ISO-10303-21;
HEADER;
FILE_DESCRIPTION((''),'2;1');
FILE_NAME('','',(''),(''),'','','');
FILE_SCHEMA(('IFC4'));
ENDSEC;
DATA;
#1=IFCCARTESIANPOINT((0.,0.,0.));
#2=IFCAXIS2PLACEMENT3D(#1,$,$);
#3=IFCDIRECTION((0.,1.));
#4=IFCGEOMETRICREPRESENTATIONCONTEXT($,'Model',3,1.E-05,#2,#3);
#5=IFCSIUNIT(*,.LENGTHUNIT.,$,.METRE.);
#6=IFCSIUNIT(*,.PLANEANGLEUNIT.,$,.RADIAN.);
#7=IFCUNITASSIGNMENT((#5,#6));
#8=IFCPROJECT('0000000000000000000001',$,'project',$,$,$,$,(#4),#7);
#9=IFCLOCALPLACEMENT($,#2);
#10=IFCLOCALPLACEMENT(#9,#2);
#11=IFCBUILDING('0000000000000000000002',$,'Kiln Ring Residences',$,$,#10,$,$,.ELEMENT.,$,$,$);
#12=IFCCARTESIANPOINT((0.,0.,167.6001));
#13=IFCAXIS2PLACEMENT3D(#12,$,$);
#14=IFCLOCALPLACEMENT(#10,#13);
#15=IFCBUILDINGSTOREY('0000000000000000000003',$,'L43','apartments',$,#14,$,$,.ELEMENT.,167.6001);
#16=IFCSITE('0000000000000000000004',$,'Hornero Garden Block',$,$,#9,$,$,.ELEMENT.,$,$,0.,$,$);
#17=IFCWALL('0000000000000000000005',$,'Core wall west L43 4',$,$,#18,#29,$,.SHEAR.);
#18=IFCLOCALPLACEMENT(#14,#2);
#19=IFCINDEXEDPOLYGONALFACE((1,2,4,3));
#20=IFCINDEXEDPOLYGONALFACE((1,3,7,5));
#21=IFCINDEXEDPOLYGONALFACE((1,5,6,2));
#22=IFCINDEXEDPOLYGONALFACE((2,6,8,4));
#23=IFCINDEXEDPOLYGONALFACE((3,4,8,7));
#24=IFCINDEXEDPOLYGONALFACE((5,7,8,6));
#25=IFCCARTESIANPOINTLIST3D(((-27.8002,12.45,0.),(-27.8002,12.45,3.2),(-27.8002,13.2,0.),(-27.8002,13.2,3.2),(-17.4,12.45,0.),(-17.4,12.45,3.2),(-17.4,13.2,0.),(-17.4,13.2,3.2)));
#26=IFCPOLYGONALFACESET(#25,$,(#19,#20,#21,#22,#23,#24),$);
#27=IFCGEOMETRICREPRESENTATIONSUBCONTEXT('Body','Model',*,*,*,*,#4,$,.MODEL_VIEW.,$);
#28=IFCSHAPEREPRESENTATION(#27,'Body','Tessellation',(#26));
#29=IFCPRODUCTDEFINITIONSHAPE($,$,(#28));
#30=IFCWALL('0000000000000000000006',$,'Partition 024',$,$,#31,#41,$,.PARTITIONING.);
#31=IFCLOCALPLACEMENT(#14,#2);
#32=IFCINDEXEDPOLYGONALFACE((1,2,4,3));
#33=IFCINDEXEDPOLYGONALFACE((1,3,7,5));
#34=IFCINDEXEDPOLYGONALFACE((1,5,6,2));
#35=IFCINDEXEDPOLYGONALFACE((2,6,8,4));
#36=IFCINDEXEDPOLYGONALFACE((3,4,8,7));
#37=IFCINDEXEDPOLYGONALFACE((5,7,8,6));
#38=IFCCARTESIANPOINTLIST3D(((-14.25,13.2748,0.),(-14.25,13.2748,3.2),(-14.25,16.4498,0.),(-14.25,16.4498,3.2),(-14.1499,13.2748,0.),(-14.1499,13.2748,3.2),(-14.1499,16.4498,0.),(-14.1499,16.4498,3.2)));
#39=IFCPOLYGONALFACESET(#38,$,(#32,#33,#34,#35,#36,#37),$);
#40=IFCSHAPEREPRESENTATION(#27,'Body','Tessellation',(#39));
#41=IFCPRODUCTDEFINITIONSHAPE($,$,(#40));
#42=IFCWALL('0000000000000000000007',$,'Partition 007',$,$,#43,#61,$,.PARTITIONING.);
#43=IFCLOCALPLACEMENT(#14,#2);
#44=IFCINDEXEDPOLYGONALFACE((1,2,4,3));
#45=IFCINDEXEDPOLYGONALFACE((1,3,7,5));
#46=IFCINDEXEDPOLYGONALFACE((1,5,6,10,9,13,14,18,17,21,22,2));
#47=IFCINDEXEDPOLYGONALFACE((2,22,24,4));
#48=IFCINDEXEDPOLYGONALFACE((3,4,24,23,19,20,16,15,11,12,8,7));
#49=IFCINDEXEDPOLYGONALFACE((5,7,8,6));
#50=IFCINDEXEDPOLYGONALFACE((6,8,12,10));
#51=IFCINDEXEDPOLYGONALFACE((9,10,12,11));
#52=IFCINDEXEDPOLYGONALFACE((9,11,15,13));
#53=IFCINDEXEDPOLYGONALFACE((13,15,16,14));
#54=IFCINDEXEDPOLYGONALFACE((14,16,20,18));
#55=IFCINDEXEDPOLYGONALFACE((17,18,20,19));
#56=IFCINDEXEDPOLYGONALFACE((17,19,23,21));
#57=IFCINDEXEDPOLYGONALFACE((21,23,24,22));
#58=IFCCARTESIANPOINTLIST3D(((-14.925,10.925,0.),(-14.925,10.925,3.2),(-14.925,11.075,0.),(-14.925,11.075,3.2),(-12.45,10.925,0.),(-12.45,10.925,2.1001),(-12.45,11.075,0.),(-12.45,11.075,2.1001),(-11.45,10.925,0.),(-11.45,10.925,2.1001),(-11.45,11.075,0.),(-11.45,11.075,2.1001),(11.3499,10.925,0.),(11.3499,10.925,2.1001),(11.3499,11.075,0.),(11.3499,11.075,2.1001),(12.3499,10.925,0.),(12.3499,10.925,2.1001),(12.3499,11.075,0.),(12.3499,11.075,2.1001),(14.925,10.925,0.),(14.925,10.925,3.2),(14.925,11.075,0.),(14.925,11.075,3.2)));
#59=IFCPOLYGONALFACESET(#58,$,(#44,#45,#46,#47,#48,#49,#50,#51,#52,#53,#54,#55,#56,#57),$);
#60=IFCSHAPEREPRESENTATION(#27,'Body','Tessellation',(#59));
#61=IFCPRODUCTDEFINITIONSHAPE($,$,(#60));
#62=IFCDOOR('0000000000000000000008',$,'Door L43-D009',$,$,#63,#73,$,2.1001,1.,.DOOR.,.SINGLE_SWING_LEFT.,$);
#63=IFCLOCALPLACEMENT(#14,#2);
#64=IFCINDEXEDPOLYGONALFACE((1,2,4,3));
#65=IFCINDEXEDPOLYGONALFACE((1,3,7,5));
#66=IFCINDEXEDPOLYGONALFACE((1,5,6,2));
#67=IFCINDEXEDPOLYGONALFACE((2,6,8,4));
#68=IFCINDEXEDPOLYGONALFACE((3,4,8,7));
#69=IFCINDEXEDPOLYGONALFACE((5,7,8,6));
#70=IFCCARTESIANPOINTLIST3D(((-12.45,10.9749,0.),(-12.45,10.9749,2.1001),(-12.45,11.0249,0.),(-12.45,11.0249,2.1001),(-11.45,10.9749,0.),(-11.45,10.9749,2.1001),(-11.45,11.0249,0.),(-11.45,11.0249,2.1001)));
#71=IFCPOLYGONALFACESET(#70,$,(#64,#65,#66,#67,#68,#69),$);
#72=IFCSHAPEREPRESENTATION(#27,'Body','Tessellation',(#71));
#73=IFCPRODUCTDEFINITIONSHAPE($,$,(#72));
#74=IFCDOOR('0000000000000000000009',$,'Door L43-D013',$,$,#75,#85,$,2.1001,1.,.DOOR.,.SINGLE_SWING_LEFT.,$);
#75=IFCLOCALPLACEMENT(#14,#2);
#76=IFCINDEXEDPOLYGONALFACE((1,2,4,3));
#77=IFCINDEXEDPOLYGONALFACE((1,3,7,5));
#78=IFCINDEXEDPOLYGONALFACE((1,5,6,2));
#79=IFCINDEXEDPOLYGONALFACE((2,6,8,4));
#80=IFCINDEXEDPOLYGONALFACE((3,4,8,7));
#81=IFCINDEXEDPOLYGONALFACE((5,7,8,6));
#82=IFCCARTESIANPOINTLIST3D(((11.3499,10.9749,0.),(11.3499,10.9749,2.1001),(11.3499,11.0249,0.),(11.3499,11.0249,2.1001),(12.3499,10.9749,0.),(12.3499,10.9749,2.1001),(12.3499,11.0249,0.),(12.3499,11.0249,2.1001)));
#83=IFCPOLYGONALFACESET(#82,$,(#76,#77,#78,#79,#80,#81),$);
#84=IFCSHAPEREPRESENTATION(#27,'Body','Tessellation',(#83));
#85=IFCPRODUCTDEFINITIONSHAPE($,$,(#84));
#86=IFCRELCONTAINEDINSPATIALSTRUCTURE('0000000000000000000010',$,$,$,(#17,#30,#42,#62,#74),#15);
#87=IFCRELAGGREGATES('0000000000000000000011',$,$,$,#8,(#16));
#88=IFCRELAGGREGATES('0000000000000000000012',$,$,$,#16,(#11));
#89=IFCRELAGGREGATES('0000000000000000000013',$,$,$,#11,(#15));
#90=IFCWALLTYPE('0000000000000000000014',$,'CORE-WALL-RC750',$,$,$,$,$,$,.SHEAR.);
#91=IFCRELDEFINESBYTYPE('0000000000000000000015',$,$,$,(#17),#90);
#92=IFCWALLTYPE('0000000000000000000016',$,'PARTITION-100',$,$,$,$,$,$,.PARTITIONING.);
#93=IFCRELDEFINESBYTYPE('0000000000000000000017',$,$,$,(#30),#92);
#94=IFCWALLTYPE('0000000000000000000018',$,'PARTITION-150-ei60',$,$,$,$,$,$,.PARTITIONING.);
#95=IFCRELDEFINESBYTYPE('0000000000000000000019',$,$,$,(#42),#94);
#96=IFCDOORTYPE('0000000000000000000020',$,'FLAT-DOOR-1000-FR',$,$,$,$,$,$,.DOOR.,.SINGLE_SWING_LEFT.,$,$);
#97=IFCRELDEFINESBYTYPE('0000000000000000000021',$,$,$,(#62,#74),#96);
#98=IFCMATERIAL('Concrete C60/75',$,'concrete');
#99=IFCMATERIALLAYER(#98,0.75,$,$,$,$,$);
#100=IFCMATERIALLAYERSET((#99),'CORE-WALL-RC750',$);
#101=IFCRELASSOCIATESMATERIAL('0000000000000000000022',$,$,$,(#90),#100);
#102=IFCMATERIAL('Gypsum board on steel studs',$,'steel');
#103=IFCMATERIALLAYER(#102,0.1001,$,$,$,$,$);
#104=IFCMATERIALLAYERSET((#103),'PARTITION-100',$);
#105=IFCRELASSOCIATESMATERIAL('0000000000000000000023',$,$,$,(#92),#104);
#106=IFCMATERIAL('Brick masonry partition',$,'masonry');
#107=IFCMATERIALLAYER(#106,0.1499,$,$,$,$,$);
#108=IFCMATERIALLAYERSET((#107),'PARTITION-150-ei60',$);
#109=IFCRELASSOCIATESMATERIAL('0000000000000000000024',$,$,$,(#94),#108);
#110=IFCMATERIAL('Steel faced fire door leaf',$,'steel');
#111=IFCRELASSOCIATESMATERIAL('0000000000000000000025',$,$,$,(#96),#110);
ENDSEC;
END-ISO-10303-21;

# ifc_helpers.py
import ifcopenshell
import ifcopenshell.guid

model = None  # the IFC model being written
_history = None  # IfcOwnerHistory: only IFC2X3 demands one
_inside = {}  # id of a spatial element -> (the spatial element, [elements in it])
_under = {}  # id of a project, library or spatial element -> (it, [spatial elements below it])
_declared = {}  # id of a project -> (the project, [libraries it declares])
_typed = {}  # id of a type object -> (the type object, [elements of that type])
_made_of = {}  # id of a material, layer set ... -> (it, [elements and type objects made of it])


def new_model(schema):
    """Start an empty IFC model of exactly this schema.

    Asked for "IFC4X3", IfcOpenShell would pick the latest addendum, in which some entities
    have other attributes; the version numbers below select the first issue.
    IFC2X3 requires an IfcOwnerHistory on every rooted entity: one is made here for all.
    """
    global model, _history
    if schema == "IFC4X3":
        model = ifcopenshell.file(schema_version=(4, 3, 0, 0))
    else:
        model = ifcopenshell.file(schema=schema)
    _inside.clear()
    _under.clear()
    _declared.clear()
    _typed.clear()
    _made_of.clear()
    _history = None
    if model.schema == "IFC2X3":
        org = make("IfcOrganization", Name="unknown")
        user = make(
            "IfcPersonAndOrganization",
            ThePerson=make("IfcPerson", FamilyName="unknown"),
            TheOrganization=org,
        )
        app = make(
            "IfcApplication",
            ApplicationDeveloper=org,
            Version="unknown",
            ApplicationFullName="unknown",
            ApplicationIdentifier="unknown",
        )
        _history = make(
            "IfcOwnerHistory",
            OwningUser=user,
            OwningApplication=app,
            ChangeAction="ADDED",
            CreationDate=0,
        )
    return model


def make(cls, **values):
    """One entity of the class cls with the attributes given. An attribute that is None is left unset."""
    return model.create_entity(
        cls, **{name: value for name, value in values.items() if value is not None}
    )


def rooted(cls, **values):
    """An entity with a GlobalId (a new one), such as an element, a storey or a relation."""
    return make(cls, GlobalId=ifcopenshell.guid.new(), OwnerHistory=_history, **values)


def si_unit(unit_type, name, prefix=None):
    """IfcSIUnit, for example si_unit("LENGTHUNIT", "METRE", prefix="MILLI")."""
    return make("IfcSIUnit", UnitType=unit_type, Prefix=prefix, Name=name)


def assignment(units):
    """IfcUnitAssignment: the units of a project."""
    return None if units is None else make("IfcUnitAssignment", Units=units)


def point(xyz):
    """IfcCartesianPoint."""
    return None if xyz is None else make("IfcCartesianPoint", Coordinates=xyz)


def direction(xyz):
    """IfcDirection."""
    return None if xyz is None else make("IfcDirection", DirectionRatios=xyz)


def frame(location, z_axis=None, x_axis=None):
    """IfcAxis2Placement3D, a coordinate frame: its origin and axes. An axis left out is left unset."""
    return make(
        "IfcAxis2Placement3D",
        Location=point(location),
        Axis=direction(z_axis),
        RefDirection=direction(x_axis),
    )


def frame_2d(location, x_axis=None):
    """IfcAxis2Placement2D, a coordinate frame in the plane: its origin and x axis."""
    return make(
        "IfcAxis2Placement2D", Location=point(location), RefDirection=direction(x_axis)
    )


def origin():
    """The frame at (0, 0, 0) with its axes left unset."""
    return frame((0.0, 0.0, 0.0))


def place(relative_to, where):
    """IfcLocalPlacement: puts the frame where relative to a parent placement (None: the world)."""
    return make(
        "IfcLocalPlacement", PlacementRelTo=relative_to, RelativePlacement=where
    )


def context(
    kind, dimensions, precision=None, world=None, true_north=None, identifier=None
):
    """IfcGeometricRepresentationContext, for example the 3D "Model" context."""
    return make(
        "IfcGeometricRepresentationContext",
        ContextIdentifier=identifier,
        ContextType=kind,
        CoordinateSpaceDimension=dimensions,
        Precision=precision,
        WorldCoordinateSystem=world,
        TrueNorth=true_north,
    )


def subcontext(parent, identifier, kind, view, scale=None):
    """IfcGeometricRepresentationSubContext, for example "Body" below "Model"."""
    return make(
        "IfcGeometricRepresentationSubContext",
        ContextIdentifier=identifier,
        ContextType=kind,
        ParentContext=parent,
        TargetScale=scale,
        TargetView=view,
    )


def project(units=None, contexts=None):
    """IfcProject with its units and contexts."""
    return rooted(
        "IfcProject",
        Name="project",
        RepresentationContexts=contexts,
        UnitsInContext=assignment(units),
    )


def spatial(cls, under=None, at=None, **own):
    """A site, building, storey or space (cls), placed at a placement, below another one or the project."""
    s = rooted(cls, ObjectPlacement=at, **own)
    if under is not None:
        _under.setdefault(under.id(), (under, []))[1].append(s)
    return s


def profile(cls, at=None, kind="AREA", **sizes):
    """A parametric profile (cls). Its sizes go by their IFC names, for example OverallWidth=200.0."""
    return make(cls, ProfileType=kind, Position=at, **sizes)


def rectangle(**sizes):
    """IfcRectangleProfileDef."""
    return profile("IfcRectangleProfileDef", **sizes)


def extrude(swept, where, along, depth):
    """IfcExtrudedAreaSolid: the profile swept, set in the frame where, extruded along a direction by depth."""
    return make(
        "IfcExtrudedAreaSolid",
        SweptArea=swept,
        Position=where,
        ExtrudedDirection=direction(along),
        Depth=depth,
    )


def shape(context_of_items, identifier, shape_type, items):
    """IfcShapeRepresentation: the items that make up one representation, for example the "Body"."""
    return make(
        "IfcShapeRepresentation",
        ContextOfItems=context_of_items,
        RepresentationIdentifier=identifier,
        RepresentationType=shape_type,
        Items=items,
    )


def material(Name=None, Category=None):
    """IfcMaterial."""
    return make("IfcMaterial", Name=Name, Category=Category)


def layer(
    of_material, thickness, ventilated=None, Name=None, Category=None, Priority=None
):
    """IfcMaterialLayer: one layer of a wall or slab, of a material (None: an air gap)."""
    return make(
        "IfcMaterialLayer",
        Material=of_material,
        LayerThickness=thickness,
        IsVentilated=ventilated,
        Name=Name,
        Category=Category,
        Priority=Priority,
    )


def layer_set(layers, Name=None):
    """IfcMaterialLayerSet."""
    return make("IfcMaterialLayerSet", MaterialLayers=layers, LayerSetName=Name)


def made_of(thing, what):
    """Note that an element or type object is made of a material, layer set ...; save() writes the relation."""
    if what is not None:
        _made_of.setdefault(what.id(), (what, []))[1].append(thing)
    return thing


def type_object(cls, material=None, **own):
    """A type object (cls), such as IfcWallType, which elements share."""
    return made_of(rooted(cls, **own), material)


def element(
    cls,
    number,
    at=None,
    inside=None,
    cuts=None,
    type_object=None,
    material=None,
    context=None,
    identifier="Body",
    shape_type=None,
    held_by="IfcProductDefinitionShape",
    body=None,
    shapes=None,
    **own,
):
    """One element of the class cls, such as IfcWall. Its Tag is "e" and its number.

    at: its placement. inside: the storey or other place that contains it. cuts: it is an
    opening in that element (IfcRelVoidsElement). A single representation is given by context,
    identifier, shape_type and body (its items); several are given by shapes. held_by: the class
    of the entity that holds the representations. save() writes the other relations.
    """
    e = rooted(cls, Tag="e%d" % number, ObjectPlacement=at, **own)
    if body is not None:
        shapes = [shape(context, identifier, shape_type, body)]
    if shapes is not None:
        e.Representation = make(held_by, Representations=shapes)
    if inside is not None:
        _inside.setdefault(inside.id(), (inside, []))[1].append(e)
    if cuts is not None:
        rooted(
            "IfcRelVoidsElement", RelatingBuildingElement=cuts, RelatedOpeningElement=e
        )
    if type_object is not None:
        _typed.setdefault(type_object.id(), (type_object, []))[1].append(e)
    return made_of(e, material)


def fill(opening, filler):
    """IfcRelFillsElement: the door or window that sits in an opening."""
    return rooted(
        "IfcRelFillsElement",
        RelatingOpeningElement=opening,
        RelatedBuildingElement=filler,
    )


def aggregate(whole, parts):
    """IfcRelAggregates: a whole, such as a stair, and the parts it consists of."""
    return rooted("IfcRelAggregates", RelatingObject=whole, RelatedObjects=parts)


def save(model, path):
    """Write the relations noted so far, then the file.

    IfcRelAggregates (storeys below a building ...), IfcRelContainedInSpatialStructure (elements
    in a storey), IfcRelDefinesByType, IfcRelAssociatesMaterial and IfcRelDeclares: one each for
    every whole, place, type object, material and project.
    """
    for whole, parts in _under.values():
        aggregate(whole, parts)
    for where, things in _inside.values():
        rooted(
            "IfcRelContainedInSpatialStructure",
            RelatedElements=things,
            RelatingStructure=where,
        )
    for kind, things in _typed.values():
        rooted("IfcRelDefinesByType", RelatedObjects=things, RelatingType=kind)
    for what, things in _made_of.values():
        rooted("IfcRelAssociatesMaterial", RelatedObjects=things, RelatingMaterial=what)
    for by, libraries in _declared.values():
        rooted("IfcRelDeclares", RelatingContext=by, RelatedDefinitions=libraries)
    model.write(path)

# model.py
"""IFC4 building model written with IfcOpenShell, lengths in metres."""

from ifc_helpers import new_model, si_unit, direction, frame, frame_2d, origin, place, context, subcontext, project, spatial, rectangle, extrude, material, layer, layer_set, type_object, element, fill, save


model = new_model("IFC4")

# Units and contexts
model_context = context("Model", 3, precision=1e-05, world=origin(), true_north=direction((0.0, 1.0)))
body_context = subcontext(model_context, "Body", "Model", "MODEL_VIEW")
ifc_project = project(units=[si_unit("LENGTHUNIT", "METRE"), si_unit("PLANEANGLEUNIT", "RADIAN")], contexts=[model_context])

# Site, building, storey
site_placement = place(None, origin())
site = spatial("IfcSite", under=ifc_project, at=site_placement, Name="Hornero Garden Block", CompositionType="ELEMENT", RefElevation=0.0)
building_placement = place(site_placement, origin())
building = spatial("IfcBuilding", under=site, at=building_placement, Name="Kiln Ring Residences", CompositionType="ELEMENT")
storey_placement = place(building_placement, frame((0.0, 0.0, 167.6001)))
storey = spatial("IfcBuildingStorey", under=building, at=storey_placement, Name="L43", Description="apartments", CompositionType="ELEMENT", Elevation=167.6001)

# Walls
ifc_material_1 = material(Name="Concrete C60/75", Category="concrete")
ifc_layer_1 = layer(ifc_material_1, 0.75)
ifc_layer_set_1 = layer_set([ifc_layer_1], Name="CORE-WALL-RC750")
wall_type_1 = type_object("IfcWallType", Name="CORE-WALL-RC750", PredefinedType="SHEAR", material=ifc_layer_set_1)
wall_1_placement = place(storey_placement, frame((-17.3999, 12.825, 0.0), z_axis=(0.0, 0.0, 1.0), x_axis=(-1.0, 0.0, 0.0)))
element("IfcWall", 1, at=wall_1_placement, inside=storey, type_object=wall_type_1, Name="Core wall west L43 4", PredefinedType="SHEAR", context=body_context, shape_type="SweptSolid", body=[
    extrude(rectangle(XDim=10.4001, YDim=0.75, at=frame_2d((5.2002, 0.0))), origin(), (0.0, 0.0, 1.0), 3.2),
])
ifc_material_2 = material(Name="Gypsum board on steel studs", Category="steel")
ifc_layer_2 = layer(ifc_material_2, 0.1001)
ifc_layer_set_2 = layer_set([ifc_layer_2], Name="PARTITION-100")
wall_type_2 = type_object("IfcWallType", Name="PARTITION-100", PredefinedType="PARTITIONING", material=ifc_layer_set_2)
wall_2_placement = place(storey_placement, frame((-14.2, 13.2749, 0.0), z_axis=(0.0, 0.0, 1.0), x_axis=(0.0, 1.0, 0.0)))
element("IfcWall", 2, at=wall_2_placement, inside=storey, type_object=wall_type_2, Name="Partition 024", PredefinedType="PARTITIONING", context=body_context, shape_type="SweptSolid", body=[
    extrude(rectangle(XDim=3.175, YDim=0.1001, at=frame_2d((1.5874, 0.0))), origin(), (0.0, 0.0, 1.0), 3.2),
])

# Wall, openings, doors
ifc_material_3 = material(Name="Brick masonry partition", Category="masonry")
ifc_layer_3 = layer(ifc_material_3, 0.1499)
ifc_layer_set_3 = layer_set([ifc_layer_3], Name="PARTITION-150-ei60")
wall_type_3 = type_object("IfcWallType", Name="PARTITION-150-ei60", PredefinedType="PARTITIONING", material=ifc_layer_set_3)
wall_3_placement = place(storey_placement, frame((-14.925, 11.0, 0.0), z_axis=(0.0, 0.0, 1.0), x_axis=(1.0, 0.0, 0.0)))
wall_3 = element("IfcWall", 3, at=wall_3_placement, inside=storey, type_object=wall_type_3, Name="Partition 007", PredefinedType="PARTITIONING", context=body_context, shape_type="SweptSolid", body=[
    extrude(rectangle(XDim=29.8501, YDim=0.1499, at=frame_2d((14.925, 0.0))), origin(), (0.0, 0.0, 1.0), 3.2),
])
opening_1_placement = place(wall_3_placement, frame((2.4751, 0.0, 0.0)))
opening_1 = element("IfcOpeningElement", 4, at=opening_1_placement, cuts=wall_3, PredefinedType="OPENING", context=body_context, shape_type="SweptSolid", body=[
    extrude(rectangle(XDim=1.0, YDim=2.1001, at=frame_2d((0.5, 1.05))), frame((0.0, 0.085, 0.0), z_axis=(0.0, -1.0, 0.0), x_axis=(1.0, 0.0, 0.0)), (0.0, 0.0, 1.0), 0.1699),
])
opening_2_placement = place(wall_3_placement, frame((26.2749, 0.0, 0.0)))
opening_2 = element("IfcOpeningElement", 5, at=opening_2_placement, cuts=wall_3, PredefinedType="OPENING", context=body_context, shape_type="SweptSolid", body=[
    extrude(rectangle(XDim=1.0, YDim=2.1001, at=frame_2d((0.5, 1.05))), frame((0.0, 0.085, 0.0), z_axis=(0.0, -1.0, 0.0), x_axis=(1.0, 0.0, 0.0)), (0.0, 0.0, 1.0), 0.1699),
])
ifc_material_4 = material(Name="Steel faced fire door leaf", Category="steel")
door_type = type_object("IfcDoorType", Name="FLAT-DOOR-1000-FR", OperationType="SINGLE_SWING_LEFT", PredefinedType="DOOR", material=ifc_material_4)
door_1_placement = place(opening_1_placement, origin())
door_1 = element("IfcDoor", 6, at=door_1_placement, inside=storey, type_object=door_type, Name="Door L43-D009", OperationType="SINGLE_SWING_LEFT", OverallHeight=2.1001, OverallWidth=1.0, PredefinedType="DOOR", context=body_context, shape_type="SweptSolid", body=[
    extrude(rectangle(XDim=1.0, YDim=2.1001, at=frame_2d((0.5, 1.05))), frame((0.0, 0.0249, 0.0), z_axis=(0.0, -1.0, 0.0), x_axis=(1.0, 0.0, 0.0)), (0.0, 0.0, 1.0), 0.05),
])
fill(opening_1, door_1)
door_2_placement = place(opening_2_placement, origin())
door_2 = element("IfcDoor", 7, at=door_2_placement, inside=storey, type_object=door_type, Name="Door L43-D013", OperationType="SINGLE_SWING_LEFT", OverallHeight=2.1001, OverallWidth=1.0, PredefinedType="DOOR", context=body_context, shape_type="SweptSolid", body=[
    extrude(rectangle(XDim=1.0, YDim=2.1001, at=frame_2d((0.5, 1.05))), frame((0.0, 0.0249, 0.0), z_axis=(0.0, -1.0, 0.0), x_axis=(1.0, 0.0, 0.0)), (0.0, 0.0, 1.0), 0.05),
])
fill(opening_2, door_2)

save(model, "model.ifc")
